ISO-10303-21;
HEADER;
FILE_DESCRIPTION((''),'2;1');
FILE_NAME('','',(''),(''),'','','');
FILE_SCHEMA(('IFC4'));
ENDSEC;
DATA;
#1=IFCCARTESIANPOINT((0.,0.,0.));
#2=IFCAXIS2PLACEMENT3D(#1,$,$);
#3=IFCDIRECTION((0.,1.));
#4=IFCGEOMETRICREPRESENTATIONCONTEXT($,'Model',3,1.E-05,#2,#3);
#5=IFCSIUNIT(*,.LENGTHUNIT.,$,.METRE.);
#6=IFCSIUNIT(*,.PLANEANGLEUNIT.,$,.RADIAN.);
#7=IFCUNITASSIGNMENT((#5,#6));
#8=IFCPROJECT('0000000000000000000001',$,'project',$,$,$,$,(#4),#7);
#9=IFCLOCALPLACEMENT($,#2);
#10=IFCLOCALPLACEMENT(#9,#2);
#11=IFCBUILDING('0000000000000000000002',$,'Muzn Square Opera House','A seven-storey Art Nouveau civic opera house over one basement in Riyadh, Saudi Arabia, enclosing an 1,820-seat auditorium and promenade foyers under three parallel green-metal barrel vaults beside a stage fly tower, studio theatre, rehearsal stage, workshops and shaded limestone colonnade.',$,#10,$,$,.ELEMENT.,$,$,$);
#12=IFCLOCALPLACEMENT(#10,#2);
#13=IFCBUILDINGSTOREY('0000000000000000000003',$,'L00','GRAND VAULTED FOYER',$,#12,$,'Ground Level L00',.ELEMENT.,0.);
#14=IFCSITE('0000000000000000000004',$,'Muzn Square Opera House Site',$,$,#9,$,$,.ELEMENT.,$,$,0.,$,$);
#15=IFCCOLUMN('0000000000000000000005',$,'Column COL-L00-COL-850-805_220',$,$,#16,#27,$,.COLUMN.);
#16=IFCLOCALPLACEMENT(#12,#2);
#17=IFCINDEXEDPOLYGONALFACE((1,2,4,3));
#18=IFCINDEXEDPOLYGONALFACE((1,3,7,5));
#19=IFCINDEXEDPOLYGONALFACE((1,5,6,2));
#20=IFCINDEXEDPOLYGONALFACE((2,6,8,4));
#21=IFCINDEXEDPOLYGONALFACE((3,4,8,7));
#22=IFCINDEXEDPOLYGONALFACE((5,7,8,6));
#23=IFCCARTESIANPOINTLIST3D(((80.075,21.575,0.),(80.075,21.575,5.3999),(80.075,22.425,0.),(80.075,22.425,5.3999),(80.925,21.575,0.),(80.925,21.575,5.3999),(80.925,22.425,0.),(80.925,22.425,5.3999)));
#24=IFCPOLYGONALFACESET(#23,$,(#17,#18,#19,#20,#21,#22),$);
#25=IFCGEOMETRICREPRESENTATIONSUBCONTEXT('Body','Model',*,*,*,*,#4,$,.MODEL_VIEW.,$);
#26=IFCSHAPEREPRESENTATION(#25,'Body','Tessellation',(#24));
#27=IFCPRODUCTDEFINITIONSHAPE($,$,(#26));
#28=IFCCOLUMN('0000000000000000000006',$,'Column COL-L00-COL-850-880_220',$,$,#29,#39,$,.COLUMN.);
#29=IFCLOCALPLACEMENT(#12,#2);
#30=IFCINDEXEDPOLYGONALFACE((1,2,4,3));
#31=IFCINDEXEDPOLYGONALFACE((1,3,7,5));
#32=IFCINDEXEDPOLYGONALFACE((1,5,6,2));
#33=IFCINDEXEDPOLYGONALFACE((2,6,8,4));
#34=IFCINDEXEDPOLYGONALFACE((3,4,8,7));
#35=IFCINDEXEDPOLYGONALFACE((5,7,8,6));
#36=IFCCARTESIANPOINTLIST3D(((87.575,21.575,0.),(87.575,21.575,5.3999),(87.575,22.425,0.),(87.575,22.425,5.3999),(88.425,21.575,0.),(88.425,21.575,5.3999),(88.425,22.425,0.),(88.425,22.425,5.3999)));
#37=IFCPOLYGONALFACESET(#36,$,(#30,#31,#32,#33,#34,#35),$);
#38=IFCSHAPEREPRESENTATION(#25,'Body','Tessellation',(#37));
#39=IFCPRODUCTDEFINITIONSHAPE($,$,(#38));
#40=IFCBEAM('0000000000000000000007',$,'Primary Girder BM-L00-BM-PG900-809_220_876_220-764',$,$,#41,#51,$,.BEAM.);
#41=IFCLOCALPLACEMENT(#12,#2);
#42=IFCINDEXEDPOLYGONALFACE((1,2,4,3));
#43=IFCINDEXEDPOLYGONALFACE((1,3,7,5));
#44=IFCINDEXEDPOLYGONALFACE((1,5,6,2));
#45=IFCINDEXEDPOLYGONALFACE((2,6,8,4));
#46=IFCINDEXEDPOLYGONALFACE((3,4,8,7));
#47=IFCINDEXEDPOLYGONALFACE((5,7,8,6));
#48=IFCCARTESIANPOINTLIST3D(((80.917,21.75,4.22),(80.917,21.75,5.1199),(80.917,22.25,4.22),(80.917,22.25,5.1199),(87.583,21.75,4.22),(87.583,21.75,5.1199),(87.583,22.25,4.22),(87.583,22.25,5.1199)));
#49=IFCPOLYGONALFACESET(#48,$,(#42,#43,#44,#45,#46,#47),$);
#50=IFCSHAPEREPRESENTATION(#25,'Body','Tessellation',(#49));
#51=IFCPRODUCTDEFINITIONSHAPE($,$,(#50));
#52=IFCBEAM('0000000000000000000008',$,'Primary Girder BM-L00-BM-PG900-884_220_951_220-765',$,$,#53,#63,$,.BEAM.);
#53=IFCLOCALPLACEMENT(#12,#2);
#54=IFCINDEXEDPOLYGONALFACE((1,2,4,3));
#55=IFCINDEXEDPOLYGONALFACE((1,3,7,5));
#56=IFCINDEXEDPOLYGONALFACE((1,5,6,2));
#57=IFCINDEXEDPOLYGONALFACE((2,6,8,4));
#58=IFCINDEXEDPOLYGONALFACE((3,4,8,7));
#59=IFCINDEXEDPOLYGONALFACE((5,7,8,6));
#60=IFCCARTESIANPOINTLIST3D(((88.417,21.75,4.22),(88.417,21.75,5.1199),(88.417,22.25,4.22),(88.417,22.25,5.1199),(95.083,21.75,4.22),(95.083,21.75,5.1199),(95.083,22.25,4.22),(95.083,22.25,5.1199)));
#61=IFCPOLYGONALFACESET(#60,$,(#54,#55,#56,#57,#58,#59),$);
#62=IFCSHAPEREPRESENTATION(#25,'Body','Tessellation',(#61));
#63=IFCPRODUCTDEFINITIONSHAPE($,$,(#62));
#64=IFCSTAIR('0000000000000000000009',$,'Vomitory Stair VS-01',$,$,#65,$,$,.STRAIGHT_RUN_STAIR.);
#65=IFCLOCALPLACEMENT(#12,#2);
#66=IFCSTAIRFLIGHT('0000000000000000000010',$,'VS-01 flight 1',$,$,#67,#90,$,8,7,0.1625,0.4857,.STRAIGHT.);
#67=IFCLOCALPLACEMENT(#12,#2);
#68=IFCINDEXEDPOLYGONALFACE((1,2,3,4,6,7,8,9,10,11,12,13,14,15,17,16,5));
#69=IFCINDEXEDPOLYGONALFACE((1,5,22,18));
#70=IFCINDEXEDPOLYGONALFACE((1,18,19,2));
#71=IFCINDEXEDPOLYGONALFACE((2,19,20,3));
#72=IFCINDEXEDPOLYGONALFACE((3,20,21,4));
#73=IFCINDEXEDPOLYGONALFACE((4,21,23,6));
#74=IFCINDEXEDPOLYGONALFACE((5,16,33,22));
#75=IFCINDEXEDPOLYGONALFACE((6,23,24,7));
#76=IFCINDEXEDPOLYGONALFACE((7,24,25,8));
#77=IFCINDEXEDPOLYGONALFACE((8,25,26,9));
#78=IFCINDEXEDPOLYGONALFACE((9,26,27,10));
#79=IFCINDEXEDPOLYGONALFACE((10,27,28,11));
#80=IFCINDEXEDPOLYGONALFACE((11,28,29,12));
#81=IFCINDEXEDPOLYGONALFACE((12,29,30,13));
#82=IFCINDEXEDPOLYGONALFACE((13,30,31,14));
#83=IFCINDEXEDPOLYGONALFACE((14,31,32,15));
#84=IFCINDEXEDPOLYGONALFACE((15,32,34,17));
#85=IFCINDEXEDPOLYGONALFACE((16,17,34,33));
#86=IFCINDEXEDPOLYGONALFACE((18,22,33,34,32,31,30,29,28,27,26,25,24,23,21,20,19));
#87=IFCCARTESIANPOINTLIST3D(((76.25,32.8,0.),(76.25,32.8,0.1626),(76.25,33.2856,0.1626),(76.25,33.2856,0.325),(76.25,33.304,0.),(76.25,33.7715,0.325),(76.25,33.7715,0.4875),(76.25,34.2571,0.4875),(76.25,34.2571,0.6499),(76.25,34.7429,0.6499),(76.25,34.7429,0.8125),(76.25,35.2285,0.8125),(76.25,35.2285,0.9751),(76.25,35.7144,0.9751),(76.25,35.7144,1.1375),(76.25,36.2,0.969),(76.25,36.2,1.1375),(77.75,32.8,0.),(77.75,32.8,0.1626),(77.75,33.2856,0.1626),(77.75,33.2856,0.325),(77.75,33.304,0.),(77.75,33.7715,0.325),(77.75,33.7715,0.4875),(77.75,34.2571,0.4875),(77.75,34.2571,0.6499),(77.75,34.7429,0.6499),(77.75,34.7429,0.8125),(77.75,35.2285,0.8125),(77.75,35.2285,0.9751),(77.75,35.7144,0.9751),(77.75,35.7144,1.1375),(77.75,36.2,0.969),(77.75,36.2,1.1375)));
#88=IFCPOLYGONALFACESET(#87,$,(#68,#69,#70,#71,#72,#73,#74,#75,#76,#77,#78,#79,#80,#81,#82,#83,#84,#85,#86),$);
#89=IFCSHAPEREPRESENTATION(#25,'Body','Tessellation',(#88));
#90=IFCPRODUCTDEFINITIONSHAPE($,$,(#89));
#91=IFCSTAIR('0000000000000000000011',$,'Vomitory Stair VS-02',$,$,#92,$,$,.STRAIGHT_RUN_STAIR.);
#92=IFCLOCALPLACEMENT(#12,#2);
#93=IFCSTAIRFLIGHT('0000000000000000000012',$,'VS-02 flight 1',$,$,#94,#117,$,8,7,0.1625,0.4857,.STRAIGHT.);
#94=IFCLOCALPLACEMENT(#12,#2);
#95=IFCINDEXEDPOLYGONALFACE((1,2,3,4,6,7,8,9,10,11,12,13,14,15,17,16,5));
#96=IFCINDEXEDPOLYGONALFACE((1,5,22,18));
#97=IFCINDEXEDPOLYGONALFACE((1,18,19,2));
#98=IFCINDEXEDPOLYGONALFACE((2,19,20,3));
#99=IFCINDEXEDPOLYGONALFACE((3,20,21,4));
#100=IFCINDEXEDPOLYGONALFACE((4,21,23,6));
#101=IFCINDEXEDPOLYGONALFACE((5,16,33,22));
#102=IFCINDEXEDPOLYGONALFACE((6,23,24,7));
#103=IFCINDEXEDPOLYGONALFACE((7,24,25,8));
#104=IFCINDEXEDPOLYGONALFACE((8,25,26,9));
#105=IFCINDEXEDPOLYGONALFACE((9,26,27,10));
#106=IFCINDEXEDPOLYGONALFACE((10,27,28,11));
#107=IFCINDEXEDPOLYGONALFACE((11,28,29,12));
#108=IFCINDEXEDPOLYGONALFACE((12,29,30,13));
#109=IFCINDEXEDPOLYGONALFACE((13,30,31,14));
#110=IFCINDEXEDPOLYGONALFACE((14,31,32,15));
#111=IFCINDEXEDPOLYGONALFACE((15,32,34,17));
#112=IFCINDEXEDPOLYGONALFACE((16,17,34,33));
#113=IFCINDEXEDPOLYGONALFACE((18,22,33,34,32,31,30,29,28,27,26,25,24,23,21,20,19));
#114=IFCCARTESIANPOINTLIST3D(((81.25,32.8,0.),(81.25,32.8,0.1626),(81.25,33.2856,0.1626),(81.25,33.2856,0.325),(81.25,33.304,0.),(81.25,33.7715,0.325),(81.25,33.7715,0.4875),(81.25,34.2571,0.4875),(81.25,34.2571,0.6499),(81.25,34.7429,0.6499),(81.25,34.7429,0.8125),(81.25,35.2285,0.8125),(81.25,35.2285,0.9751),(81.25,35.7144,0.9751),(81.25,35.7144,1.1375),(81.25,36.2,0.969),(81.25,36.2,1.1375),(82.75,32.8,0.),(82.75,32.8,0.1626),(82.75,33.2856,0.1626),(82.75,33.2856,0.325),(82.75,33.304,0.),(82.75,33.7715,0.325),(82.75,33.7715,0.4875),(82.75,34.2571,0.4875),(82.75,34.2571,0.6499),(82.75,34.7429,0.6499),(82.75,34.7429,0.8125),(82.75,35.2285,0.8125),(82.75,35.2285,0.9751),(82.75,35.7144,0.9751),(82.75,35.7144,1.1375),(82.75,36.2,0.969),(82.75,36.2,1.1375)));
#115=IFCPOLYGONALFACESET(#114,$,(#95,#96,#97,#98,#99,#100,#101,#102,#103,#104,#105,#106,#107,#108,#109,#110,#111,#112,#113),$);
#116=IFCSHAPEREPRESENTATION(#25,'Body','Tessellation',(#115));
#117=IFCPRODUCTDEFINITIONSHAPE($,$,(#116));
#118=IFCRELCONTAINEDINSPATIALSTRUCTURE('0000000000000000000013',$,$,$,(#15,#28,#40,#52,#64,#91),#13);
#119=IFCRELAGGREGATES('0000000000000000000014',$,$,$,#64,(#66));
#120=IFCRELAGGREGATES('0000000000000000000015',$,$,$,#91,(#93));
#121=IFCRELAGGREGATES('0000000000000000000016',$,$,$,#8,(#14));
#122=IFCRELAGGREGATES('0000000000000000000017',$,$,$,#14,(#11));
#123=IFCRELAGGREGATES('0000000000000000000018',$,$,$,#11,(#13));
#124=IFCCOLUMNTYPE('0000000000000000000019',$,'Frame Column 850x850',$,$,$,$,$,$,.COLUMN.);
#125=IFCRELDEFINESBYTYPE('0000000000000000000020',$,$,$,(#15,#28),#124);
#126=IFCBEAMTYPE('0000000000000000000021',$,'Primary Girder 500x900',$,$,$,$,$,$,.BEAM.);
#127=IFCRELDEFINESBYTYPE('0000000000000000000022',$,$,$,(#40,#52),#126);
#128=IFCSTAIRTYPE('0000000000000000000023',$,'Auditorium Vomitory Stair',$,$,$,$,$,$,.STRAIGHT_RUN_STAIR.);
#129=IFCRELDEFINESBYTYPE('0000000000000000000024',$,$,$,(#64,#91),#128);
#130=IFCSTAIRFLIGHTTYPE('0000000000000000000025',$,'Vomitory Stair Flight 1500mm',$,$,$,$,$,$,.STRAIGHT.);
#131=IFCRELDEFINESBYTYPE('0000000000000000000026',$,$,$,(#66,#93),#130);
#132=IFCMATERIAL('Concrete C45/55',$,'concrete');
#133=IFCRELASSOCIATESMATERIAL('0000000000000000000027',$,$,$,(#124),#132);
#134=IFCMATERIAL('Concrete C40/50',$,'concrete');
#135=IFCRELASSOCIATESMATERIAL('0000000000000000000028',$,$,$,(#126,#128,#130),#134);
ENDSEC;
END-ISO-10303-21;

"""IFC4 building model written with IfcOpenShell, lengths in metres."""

from ifc_helpers import new_model, si_unit, direction, frame, origin, origin_2d, place, context, subcontext, project, spatial, polyline, rectangle, outline, extrude, material, material_profile, profile_set, type_object, element, aggregate, save


model = new_model("IFC4")

# Units and contexts
model_context = context("Model", 3, precision=1e-05, world=origin(), true_north=direction((0.0, 1.0)))
body_context = subcontext(model_context, "Body", "Model", "MODEL_VIEW")
ifc_project = project(units=[si_unit("LENGTHUNIT", "METRE"), si_unit("PLANEANGLEUNIT", "RADIAN")], contexts=[model_context])

# Site, building, storey
site_placement = place(None, origin())
site = spatial("IfcSite", under=ifc_project, at=site_placement, Name="Muzn Square Opera House Site", CompositionType="ELEMENT", RefElevation=0.0)
building_placement = place(site_placement, origin())
building = spatial("IfcBuilding", under=site, at=building_placement, Name="Muzn Square Opera House", Description="A seven-storey Art Nouveau civic opera house over one basement in Riyadh, Saudi Arabia, enclosing an 1,820-seat auditorium and promenade foyers under three parallel green-metal barrel vaults beside a stage fly tower, studio theatre, rehearsal stage, workshops and shaded limestone colonnade.", CompositionType="ELEMENT")
storey_placement = place(building_placement, origin())
storey = spatial("IfcBuildingStorey", under=building, at=storey_placement, Name="L00", Description="GRAND VAULTED FOYER", LongName="Ground Level L00", CompositionType="ELEMENT", Elevation=0.0)

# Columns
ifc_material_1 = material(Name="Concrete C45/55", Category="concrete")
ifc_material_profile_1 = material_profile(ifc_material_1, rectangle(XDim=0.8501, YDim=0.8501, at=origin_2d()), Name="RC 850x850", Category="concrete")
ifc_profile_set_1 = profile_set([ifc_material_profile_1], Name="Concrete C45/55")
column_type = type_object("IfcColumnType", Name="Frame Column 850x850", PredefinedType="COLUMN", material=ifc_profile_set_1)
for number, where, z_axis, x_axis, name in (
    (1, (80.5, 22.0, 0.0), (0.0, 0.0, 1.0), (1.0, 0.0, 0.0), "Column COL-L00-COL-850-805_220"),
    (2, (88.0, 22.0, 0.0), (0.0, 0.0, 1.0), (1.0, 0.0, 0.0), "Column COL-L00-COL-850-880_220"),
):
    element("IfcColumn", number, at=place(storey_placement, frame(where, z_axis=z_axis, x_axis=x_axis)), inside=storey, type_object=column_type, Name=name, PredefinedType="COLUMN", context=body_context, shape_type="SweptSolid", body=[
        extrude(rectangle(XDim=0.8501, YDim=0.8501, at=origin_2d()), origin(), (0.0, 0.0, 1.0), 5.3999),
    ])

# Beams
ifc_material_2 = material(Name="Concrete C40/50", Category="concrete")
ifc_material_profile_2 = material_profile(ifc_material_2, rectangle(XDim=0.5, YDim=0.8999, at=origin_2d()), Name="RCB 500x900", Category="concrete")
ifc_profile_set_2 = profile_set([ifc_material_profile_2], Name="Concrete C40/50")
beam_type = type_object("IfcBeamType", Name="Primary Girder 500x900", PredefinedType="BEAM", material=ifc_profile_set_2)
for number, where, z_axis, x_axis, name in (
    (3, (80.917, 22.0, 4.6699), (1.0, 0.0, 0.0), (0.0, 1.0, 0.0), "Primary Girder BM-L00-BM-PG900-809_220_876_220-764"),
    (4, (88.417, 22.0, 4.6699), (1.0, 0.0, 0.0), (0.0, 1.0, 0.0), "Primary Girder BM-L00-BM-PG900-884_220_951_220-765"),
):
    element("IfcBeam", number, at=place(storey_placement, frame(where, z_axis=z_axis, x_axis=x_axis)), inside=storey, type_object=beam_type, Name=name, PredefinedType="BEAM", context=body_context, shape_type="SweptSolid", body=[
        extrude(rectangle(XDim=0.5, YDim=0.8999, at=origin_2d()), origin(), (0.0, 0.0, 1.0), 6.666),
    ])

# Stairs, stair flights
stair_type = type_object("IfcStairType", Name="Auditorium Vomitory Stair", PredefinedType="STRAIGHT_RUN_STAIR", material=ifc_material_2)
stair_1_placement = place(storey_placement, origin())
stair_1 = element("IfcStair", 5, at=stair_1_placement, inside=storey, type_object=stair_type, Name="Vomitory Stair VS-01", PredefinedType="STRAIGHT_RUN_STAIR")
stair_flight_type = type_object("IfcStairFlightType", Name="Vomitory Stair Flight 1500mm", PredefinedType="STRAIGHT", material=ifc_material_2)
stair_flight_1_placement = place(storey_placement, frame((77.0, 32.8, 0.0), z_axis=(0.0, 0.0, 1.0), x_axis=(0.0, 1.0, 0.0)))
stair_flight_1 = element("IfcStairFlight", 6, at=stair_flight_1_placement, type_object=stair_flight_type, Name="VS-01 flight 1", NumberOfRisers=8, NumberOfTreads=7, PredefinedType="STRAIGHT", RiserHeight=0.1625, TreadLength=0.4857, context=body_context, shape_type="SweptSolid", body=[
    extrude(outline(polyline([(0.0, 0.0), (0.0, 0.1626), (0.4856, 0.1626), (0.4856, 0.325), (0.9714, 0.325), (0.9714, 0.4875), (1.457, 0.4875), (1.457, 0.6499), (1.9429, 0.6499), (1.9429, 0.8125), (2.4285, 0.8125), (2.4285, 0.9751), (2.9143, 0.9751), (2.9143, 1.1375), (3.3999, 1.1375), (3.3999, 1.3), (3.3999, 0.969), (0.5039, 0.0), (0.0, 0.0)])), frame((0.0, 0.75, 0.0), z_axis=(0.0, -1.0, 0.0), x_axis=(1.0, 0.0, 0.0)), (0.0, 0.0, 1.0), 1.5),
])
aggregate(stair_1, [stair_flight_1])
stair_2_placement = place(storey_placement, origin())
stair_2 = element("IfcStair", 7, at=stair_2_placement, inside=storey, type_object=stair_type, Name="Vomitory Stair VS-02", PredefinedType="STRAIGHT_RUN_STAIR")
stair_flight_2_placement = place(storey_placement, frame((82.0, 32.8, 0.0), z_axis=(0.0, 0.0, 1.0), x_axis=(0.0, 1.0, 0.0)))
stair_flight_2 = element("IfcStairFlight", 8, at=stair_flight_2_placement, type_object=stair_flight_type, Name="VS-02 flight 1", NumberOfRisers=8, NumberOfTreads=7, PredefinedType="STRAIGHT", RiserHeight=0.1625, TreadLength=0.4857, context=body_context, shape_type="SweptSolid", body=[
    extrude(outline(polyline([(0.0, 0.0), (0.0, 0.1626), (0.4856, 0.1626), (0.4856, 0.325), (0.9714, 0.325), (0.9714, 0.4875), (1.457, 0.4875), (1.457, 0.6499), (1.9429, 0.6499), (1.9429, 0.8125), (2.4285, 0.8125), (2.4285, 0.9751), (2.9143, 0.9751), (2.9143, 1.1375), (3.3999, 1.1375), (3.3999, 1.3), (3.3999, 0.969), (0.5039, 0.0), (0.0, 0.0)])), frame((0.0, 0.75, 0.0), z_axis=(0.0, -1.0, 0.0), x_axis=(1.0, 0.0, 0.0)), (0.0, 0.0, 1.0), 1.5),
])
aggregate(stair_2, [stair_flight_2])

save(model, "model.ifc")
